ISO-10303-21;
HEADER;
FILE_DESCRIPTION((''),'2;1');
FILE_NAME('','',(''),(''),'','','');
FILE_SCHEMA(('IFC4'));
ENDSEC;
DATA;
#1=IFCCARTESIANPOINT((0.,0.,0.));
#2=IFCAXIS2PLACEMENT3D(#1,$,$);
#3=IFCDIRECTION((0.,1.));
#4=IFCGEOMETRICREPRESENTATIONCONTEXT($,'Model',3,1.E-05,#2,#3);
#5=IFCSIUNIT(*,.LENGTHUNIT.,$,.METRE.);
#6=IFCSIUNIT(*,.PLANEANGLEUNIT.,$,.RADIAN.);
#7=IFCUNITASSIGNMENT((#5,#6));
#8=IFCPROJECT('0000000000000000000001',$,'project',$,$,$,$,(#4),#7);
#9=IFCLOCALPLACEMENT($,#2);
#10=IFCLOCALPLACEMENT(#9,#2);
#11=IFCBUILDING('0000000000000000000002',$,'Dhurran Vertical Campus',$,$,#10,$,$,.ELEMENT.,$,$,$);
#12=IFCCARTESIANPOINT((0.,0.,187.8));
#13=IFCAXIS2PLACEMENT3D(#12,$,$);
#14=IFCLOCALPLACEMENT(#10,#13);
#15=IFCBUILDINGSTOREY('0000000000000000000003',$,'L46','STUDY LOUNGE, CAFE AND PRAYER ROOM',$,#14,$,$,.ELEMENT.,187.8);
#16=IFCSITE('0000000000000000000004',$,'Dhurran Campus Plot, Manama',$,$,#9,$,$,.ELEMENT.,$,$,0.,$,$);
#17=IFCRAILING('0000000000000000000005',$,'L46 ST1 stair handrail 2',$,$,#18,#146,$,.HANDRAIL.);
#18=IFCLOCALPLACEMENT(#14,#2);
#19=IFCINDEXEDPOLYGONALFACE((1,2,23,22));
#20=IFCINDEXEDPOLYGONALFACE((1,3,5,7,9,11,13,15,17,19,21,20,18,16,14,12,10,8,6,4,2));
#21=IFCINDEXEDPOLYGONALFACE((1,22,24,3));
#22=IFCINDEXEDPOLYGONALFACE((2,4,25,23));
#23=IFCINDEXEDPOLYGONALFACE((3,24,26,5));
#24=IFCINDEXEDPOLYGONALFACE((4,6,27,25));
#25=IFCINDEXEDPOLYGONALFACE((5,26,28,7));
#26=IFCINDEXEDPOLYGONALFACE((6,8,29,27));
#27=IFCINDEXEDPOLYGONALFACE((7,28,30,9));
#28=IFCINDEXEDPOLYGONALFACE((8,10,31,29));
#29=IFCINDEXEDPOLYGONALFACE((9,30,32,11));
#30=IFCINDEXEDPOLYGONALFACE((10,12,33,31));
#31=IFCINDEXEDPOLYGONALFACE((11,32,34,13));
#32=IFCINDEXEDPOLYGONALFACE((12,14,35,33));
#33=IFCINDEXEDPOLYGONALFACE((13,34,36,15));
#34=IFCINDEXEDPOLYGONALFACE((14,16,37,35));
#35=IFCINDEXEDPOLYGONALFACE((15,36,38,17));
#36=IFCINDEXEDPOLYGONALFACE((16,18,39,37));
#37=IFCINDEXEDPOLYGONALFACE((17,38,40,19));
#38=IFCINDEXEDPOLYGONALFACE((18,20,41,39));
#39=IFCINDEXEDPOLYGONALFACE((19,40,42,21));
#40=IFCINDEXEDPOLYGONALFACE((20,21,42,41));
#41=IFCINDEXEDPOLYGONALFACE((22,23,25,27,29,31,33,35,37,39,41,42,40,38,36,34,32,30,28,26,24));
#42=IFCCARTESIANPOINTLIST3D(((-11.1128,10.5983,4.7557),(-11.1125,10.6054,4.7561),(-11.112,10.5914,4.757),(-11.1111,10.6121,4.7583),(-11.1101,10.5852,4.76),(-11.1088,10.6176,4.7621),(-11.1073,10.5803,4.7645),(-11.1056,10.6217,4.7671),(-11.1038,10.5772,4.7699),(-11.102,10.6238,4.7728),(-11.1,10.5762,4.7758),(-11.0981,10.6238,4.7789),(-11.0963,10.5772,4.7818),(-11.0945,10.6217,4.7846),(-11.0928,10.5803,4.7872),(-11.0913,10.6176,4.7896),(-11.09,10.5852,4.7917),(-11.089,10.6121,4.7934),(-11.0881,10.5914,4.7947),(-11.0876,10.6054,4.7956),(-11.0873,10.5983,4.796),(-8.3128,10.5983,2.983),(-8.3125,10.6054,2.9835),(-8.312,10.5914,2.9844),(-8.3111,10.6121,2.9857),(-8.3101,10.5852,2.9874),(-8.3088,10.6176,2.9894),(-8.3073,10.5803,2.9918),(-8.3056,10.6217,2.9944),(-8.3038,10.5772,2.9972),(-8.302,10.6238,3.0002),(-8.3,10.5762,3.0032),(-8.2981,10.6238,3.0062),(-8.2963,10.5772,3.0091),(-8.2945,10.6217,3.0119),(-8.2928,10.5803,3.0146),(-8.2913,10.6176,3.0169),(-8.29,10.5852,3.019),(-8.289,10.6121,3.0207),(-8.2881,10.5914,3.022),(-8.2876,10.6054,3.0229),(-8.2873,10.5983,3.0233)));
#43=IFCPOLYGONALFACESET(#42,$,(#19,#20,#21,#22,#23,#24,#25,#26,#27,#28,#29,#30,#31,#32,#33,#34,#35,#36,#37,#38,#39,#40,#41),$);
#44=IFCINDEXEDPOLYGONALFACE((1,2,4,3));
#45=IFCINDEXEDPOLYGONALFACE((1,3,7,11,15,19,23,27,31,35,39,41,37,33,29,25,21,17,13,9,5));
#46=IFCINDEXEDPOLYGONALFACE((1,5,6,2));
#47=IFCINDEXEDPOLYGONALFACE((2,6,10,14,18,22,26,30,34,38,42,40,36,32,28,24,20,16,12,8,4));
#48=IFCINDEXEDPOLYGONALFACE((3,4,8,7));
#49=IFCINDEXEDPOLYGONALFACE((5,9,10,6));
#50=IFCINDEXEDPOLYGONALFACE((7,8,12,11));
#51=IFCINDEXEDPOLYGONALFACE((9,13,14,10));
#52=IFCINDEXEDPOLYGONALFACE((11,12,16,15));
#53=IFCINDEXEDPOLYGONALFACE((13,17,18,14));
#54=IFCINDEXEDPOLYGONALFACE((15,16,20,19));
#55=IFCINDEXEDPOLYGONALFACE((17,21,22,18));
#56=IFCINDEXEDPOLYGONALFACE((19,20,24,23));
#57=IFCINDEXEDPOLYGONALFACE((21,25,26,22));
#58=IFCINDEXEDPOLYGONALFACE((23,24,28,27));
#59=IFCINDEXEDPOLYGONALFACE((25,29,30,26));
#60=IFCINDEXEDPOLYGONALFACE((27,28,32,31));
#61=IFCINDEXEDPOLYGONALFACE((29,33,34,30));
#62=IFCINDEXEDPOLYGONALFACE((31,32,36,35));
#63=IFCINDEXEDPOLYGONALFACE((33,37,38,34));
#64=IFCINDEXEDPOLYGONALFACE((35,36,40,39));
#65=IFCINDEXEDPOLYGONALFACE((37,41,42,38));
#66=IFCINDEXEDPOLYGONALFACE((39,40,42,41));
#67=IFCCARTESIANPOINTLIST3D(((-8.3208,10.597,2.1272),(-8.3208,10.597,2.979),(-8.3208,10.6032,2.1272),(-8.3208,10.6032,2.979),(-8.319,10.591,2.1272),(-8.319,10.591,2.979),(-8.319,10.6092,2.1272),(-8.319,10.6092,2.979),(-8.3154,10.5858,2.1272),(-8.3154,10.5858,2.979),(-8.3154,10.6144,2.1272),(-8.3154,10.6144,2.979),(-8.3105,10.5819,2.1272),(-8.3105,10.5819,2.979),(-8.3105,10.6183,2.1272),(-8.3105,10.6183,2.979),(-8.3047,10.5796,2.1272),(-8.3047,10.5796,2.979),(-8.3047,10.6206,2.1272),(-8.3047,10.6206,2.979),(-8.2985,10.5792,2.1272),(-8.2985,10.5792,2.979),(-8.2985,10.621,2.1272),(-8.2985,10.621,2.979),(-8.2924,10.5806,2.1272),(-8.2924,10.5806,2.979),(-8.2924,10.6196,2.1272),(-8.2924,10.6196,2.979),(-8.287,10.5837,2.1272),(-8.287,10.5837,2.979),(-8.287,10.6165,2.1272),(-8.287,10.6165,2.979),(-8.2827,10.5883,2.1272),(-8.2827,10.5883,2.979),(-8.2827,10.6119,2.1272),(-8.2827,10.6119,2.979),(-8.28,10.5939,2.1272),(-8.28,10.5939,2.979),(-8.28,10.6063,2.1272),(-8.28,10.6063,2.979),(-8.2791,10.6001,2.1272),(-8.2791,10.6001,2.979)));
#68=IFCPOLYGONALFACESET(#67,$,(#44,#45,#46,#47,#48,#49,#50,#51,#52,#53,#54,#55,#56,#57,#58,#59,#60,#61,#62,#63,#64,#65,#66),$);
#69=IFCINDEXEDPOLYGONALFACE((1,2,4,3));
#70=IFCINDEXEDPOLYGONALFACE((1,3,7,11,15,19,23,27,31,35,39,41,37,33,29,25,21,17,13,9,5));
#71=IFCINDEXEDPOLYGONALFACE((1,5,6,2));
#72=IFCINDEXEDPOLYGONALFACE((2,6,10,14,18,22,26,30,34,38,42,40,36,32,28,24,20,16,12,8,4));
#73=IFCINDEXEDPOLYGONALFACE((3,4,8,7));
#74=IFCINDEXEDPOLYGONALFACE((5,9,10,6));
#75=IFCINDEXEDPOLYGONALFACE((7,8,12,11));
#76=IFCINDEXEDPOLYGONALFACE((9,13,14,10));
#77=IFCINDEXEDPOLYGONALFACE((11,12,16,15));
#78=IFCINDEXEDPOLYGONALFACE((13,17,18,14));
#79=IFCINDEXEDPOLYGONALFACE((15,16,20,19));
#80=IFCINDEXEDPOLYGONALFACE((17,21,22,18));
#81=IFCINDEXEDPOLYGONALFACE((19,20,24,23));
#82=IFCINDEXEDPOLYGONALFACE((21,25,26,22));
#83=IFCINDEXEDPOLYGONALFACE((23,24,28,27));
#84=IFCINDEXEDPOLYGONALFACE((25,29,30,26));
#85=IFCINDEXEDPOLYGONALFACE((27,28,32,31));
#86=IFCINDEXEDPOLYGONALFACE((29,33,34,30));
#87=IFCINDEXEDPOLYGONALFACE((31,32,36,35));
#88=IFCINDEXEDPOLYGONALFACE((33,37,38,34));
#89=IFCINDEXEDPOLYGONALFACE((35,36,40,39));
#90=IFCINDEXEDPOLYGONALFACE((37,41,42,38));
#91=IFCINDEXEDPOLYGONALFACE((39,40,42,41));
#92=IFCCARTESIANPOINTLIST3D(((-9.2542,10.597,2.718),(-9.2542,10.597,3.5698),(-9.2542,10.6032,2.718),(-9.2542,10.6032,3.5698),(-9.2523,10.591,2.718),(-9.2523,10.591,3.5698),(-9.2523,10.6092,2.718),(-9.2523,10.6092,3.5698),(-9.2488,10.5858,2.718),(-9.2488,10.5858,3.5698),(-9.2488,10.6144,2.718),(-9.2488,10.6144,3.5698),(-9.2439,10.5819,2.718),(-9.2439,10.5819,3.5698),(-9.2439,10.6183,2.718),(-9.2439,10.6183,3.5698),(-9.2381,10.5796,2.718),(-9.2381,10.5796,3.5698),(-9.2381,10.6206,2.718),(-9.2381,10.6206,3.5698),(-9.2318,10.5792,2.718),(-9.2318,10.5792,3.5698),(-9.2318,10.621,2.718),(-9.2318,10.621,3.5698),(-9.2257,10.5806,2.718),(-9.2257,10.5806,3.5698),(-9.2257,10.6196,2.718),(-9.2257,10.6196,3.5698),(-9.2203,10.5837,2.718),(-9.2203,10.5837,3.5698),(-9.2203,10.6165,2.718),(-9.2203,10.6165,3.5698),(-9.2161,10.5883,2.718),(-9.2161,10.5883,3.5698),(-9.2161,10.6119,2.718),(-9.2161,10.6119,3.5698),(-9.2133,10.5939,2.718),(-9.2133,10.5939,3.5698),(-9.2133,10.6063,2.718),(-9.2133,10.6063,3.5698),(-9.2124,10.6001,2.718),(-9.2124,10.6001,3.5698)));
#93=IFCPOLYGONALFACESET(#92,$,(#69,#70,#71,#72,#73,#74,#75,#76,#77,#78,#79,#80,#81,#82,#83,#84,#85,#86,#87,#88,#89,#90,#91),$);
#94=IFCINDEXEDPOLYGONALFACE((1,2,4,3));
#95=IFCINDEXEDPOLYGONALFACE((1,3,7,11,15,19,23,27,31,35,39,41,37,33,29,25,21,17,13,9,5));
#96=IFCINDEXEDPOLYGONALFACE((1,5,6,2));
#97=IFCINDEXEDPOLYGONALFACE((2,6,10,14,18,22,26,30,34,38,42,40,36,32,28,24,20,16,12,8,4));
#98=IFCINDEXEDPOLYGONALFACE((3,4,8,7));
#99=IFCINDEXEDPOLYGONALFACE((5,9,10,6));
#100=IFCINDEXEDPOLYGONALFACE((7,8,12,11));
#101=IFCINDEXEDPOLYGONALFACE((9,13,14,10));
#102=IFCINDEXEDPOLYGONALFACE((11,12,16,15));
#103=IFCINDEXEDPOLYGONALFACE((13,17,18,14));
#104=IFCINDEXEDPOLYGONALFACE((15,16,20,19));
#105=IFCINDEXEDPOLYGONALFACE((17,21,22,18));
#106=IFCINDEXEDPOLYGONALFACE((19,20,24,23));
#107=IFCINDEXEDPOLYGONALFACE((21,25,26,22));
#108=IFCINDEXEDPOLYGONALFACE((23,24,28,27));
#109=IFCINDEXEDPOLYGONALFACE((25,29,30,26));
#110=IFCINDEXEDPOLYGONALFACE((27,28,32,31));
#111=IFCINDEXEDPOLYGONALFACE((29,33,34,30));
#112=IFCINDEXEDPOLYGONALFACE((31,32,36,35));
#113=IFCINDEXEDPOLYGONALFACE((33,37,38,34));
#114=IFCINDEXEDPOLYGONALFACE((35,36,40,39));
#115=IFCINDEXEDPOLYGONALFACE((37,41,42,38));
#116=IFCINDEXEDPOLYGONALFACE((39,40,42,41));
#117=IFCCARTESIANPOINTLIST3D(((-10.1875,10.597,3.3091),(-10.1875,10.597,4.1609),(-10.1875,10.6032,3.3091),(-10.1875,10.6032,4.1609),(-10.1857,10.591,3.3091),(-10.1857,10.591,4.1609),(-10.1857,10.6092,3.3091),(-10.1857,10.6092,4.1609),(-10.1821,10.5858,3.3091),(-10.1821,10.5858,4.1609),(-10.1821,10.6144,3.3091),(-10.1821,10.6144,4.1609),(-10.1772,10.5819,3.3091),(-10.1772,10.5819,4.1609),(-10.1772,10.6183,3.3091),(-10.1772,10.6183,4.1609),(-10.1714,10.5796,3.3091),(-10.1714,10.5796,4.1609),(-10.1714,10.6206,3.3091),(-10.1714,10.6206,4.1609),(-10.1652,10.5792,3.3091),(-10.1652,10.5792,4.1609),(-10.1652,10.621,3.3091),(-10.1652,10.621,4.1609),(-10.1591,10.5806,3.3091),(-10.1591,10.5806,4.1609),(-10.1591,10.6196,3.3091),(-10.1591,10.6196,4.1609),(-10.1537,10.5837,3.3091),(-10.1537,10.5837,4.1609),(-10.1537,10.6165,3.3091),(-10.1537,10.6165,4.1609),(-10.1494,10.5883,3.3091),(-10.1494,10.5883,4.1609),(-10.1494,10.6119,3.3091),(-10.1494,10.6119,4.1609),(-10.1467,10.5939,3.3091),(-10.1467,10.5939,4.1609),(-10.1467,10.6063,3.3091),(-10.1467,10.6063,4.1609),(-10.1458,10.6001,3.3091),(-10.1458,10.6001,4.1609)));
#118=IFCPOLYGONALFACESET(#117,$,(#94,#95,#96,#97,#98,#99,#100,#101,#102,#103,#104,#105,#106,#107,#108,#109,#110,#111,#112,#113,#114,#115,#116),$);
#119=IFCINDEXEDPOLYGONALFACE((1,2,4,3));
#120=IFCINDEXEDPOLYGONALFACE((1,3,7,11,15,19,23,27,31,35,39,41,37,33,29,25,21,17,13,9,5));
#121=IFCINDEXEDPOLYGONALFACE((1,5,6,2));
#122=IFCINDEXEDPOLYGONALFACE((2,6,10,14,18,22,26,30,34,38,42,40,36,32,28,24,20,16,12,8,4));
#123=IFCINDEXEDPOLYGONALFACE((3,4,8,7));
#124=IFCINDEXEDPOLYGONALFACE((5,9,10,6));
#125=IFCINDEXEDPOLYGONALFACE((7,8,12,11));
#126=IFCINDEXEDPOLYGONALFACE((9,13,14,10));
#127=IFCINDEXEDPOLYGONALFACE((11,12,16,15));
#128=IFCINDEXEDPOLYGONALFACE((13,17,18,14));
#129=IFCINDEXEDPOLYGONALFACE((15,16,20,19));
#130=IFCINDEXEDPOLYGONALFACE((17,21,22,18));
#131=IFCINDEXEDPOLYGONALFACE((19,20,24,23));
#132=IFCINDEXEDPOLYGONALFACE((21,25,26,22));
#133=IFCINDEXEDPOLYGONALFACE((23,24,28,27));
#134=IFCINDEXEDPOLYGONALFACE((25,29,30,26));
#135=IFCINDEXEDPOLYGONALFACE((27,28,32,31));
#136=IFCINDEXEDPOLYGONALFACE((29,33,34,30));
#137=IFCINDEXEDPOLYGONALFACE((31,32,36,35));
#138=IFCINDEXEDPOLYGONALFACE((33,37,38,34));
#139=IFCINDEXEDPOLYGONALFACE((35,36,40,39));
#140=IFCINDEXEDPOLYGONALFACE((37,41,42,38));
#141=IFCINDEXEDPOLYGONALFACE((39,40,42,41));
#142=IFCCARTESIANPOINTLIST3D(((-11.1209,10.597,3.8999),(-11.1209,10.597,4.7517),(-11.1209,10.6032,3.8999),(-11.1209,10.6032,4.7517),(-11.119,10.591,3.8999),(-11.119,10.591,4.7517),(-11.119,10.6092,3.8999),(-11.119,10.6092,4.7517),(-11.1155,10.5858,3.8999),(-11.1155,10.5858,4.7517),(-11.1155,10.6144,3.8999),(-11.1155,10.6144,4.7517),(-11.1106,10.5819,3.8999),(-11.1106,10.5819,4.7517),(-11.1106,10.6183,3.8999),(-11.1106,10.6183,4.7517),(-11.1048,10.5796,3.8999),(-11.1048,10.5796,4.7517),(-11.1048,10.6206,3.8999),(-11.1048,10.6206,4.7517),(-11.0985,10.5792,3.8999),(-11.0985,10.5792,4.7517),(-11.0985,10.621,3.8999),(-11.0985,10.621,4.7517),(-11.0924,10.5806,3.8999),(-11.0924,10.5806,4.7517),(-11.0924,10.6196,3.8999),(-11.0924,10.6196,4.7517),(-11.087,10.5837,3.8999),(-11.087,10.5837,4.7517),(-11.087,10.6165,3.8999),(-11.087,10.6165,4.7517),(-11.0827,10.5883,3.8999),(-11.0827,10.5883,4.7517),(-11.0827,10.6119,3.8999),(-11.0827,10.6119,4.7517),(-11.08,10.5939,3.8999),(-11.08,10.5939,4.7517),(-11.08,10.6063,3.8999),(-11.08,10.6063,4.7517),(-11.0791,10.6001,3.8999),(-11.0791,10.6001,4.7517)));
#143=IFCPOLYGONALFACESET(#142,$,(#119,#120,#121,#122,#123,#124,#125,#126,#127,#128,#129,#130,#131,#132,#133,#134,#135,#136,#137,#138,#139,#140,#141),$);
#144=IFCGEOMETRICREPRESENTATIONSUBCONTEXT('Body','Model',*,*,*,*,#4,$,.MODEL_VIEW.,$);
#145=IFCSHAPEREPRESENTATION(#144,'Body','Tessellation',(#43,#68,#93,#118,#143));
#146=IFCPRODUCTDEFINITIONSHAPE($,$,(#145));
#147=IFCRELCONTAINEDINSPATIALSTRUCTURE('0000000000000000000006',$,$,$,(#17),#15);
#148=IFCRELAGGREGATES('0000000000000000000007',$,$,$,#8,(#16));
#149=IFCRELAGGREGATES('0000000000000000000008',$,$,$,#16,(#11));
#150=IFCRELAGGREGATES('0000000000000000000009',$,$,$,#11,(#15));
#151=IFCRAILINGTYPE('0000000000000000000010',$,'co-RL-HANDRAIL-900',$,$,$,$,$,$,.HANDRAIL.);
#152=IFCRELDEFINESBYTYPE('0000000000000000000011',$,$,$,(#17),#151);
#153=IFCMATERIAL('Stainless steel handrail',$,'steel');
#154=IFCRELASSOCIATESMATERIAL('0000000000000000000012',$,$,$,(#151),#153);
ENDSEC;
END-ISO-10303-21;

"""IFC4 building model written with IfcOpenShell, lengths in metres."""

from ifc_helpers import new_model, si_unit, direction, frame, origin, origin_2d, place, context, subcontext, project, spatial, circle, extrude, material, type_object, element, save


model = new_model("IFC4")

# Units and contexts
model_context = context("Model", 3, precision=1e-05, world=origin(), true_north=direction((0.0, 1.0)))
body_context = subcontext(model_context, "Body", "Model", "MODEL_VIEW")
ifc_project = project(units=[si_unit("LENGTHUNIT", "METRE"), si_unit("PLANEANGLEUNIT", "RADIAN")], contexts=[model_context])

# Site, building, storey
site_placement = place(None, origin())
site = spatial("IfcSite", under=ifc_project, at=site_placement, Name="Dhurran Campus Plot, Manama", CompositionType="ELEMENT", RefElevation=0.0)
building_placement = place(site_placement, origin())
building = spatial("IfcBuilding", under=site, at=building_placement, Name="Dhurran Vertical Campus", CompositionType="ELEMENT")
storey_placement = place(building_placement, frame((0.0, 0.0, 187.8)))
storey = spatial("IfcBuildingStorey", under=building, at=storey_placement, Name="L46", Description="STUDY LOUNGE, CAFE AND PRAYER ROOM", CompositionType="ELEMENT", Elevation=187.8)

# Railing
ifc_material_1 = material(Name="Stainless steel handrail", Category="steel")
railing_type_1 = type_object("IfcRailingType", Name="co-RL-HANDRAIL-900", PredefinedType="HANDRAIL", material=ifc_material_1)
railing_1_placement = place(storey_placement, frame((-8.3, 10.6001, 2.1272)))
element("IfcRailing", 1, at=railing_1_placement, inside=storey, type_object=railing_type_1, Name="L46 ST1 stair handrail 2", PredefinedType="HANDRAIL", context=body_context, shape_type="SweptSolid", body=[
    extrude(circle(Radius=0.0239, at=origin_2d()), frame((0.0, 0.0, 0.876), z_axis=(-0.844909, 0.0, 0.53491), x_axis=(0.0, -1.0, 0.0)), (0.0, 0.0, 1.0), 3.314),
    extrude(circle(Radius=0.021, at=origin_2d()), origin(), (0.0, 0.0, 1.0), 0.8518),
    extrude(circle(Radius=0.021, at=origin_2d()), frame((-0.9333, 0.0, 0.5908)), (0.0, 0.0, 1.0), 0.8518),
    extrude(circle(Radius=0.021, at=origin_2d()), frame((-1.8667, 0.0, 1.1819)), (0.0, 0.0, 1.0), 0.8518),
    extrude(circle(Radius=0.021, at=origin_2d()), frame((-2.8, 0.0, 1.7727)), (0.0, 0.0, 1.0), 0.8518),
])

save(model, "model.ifc")
